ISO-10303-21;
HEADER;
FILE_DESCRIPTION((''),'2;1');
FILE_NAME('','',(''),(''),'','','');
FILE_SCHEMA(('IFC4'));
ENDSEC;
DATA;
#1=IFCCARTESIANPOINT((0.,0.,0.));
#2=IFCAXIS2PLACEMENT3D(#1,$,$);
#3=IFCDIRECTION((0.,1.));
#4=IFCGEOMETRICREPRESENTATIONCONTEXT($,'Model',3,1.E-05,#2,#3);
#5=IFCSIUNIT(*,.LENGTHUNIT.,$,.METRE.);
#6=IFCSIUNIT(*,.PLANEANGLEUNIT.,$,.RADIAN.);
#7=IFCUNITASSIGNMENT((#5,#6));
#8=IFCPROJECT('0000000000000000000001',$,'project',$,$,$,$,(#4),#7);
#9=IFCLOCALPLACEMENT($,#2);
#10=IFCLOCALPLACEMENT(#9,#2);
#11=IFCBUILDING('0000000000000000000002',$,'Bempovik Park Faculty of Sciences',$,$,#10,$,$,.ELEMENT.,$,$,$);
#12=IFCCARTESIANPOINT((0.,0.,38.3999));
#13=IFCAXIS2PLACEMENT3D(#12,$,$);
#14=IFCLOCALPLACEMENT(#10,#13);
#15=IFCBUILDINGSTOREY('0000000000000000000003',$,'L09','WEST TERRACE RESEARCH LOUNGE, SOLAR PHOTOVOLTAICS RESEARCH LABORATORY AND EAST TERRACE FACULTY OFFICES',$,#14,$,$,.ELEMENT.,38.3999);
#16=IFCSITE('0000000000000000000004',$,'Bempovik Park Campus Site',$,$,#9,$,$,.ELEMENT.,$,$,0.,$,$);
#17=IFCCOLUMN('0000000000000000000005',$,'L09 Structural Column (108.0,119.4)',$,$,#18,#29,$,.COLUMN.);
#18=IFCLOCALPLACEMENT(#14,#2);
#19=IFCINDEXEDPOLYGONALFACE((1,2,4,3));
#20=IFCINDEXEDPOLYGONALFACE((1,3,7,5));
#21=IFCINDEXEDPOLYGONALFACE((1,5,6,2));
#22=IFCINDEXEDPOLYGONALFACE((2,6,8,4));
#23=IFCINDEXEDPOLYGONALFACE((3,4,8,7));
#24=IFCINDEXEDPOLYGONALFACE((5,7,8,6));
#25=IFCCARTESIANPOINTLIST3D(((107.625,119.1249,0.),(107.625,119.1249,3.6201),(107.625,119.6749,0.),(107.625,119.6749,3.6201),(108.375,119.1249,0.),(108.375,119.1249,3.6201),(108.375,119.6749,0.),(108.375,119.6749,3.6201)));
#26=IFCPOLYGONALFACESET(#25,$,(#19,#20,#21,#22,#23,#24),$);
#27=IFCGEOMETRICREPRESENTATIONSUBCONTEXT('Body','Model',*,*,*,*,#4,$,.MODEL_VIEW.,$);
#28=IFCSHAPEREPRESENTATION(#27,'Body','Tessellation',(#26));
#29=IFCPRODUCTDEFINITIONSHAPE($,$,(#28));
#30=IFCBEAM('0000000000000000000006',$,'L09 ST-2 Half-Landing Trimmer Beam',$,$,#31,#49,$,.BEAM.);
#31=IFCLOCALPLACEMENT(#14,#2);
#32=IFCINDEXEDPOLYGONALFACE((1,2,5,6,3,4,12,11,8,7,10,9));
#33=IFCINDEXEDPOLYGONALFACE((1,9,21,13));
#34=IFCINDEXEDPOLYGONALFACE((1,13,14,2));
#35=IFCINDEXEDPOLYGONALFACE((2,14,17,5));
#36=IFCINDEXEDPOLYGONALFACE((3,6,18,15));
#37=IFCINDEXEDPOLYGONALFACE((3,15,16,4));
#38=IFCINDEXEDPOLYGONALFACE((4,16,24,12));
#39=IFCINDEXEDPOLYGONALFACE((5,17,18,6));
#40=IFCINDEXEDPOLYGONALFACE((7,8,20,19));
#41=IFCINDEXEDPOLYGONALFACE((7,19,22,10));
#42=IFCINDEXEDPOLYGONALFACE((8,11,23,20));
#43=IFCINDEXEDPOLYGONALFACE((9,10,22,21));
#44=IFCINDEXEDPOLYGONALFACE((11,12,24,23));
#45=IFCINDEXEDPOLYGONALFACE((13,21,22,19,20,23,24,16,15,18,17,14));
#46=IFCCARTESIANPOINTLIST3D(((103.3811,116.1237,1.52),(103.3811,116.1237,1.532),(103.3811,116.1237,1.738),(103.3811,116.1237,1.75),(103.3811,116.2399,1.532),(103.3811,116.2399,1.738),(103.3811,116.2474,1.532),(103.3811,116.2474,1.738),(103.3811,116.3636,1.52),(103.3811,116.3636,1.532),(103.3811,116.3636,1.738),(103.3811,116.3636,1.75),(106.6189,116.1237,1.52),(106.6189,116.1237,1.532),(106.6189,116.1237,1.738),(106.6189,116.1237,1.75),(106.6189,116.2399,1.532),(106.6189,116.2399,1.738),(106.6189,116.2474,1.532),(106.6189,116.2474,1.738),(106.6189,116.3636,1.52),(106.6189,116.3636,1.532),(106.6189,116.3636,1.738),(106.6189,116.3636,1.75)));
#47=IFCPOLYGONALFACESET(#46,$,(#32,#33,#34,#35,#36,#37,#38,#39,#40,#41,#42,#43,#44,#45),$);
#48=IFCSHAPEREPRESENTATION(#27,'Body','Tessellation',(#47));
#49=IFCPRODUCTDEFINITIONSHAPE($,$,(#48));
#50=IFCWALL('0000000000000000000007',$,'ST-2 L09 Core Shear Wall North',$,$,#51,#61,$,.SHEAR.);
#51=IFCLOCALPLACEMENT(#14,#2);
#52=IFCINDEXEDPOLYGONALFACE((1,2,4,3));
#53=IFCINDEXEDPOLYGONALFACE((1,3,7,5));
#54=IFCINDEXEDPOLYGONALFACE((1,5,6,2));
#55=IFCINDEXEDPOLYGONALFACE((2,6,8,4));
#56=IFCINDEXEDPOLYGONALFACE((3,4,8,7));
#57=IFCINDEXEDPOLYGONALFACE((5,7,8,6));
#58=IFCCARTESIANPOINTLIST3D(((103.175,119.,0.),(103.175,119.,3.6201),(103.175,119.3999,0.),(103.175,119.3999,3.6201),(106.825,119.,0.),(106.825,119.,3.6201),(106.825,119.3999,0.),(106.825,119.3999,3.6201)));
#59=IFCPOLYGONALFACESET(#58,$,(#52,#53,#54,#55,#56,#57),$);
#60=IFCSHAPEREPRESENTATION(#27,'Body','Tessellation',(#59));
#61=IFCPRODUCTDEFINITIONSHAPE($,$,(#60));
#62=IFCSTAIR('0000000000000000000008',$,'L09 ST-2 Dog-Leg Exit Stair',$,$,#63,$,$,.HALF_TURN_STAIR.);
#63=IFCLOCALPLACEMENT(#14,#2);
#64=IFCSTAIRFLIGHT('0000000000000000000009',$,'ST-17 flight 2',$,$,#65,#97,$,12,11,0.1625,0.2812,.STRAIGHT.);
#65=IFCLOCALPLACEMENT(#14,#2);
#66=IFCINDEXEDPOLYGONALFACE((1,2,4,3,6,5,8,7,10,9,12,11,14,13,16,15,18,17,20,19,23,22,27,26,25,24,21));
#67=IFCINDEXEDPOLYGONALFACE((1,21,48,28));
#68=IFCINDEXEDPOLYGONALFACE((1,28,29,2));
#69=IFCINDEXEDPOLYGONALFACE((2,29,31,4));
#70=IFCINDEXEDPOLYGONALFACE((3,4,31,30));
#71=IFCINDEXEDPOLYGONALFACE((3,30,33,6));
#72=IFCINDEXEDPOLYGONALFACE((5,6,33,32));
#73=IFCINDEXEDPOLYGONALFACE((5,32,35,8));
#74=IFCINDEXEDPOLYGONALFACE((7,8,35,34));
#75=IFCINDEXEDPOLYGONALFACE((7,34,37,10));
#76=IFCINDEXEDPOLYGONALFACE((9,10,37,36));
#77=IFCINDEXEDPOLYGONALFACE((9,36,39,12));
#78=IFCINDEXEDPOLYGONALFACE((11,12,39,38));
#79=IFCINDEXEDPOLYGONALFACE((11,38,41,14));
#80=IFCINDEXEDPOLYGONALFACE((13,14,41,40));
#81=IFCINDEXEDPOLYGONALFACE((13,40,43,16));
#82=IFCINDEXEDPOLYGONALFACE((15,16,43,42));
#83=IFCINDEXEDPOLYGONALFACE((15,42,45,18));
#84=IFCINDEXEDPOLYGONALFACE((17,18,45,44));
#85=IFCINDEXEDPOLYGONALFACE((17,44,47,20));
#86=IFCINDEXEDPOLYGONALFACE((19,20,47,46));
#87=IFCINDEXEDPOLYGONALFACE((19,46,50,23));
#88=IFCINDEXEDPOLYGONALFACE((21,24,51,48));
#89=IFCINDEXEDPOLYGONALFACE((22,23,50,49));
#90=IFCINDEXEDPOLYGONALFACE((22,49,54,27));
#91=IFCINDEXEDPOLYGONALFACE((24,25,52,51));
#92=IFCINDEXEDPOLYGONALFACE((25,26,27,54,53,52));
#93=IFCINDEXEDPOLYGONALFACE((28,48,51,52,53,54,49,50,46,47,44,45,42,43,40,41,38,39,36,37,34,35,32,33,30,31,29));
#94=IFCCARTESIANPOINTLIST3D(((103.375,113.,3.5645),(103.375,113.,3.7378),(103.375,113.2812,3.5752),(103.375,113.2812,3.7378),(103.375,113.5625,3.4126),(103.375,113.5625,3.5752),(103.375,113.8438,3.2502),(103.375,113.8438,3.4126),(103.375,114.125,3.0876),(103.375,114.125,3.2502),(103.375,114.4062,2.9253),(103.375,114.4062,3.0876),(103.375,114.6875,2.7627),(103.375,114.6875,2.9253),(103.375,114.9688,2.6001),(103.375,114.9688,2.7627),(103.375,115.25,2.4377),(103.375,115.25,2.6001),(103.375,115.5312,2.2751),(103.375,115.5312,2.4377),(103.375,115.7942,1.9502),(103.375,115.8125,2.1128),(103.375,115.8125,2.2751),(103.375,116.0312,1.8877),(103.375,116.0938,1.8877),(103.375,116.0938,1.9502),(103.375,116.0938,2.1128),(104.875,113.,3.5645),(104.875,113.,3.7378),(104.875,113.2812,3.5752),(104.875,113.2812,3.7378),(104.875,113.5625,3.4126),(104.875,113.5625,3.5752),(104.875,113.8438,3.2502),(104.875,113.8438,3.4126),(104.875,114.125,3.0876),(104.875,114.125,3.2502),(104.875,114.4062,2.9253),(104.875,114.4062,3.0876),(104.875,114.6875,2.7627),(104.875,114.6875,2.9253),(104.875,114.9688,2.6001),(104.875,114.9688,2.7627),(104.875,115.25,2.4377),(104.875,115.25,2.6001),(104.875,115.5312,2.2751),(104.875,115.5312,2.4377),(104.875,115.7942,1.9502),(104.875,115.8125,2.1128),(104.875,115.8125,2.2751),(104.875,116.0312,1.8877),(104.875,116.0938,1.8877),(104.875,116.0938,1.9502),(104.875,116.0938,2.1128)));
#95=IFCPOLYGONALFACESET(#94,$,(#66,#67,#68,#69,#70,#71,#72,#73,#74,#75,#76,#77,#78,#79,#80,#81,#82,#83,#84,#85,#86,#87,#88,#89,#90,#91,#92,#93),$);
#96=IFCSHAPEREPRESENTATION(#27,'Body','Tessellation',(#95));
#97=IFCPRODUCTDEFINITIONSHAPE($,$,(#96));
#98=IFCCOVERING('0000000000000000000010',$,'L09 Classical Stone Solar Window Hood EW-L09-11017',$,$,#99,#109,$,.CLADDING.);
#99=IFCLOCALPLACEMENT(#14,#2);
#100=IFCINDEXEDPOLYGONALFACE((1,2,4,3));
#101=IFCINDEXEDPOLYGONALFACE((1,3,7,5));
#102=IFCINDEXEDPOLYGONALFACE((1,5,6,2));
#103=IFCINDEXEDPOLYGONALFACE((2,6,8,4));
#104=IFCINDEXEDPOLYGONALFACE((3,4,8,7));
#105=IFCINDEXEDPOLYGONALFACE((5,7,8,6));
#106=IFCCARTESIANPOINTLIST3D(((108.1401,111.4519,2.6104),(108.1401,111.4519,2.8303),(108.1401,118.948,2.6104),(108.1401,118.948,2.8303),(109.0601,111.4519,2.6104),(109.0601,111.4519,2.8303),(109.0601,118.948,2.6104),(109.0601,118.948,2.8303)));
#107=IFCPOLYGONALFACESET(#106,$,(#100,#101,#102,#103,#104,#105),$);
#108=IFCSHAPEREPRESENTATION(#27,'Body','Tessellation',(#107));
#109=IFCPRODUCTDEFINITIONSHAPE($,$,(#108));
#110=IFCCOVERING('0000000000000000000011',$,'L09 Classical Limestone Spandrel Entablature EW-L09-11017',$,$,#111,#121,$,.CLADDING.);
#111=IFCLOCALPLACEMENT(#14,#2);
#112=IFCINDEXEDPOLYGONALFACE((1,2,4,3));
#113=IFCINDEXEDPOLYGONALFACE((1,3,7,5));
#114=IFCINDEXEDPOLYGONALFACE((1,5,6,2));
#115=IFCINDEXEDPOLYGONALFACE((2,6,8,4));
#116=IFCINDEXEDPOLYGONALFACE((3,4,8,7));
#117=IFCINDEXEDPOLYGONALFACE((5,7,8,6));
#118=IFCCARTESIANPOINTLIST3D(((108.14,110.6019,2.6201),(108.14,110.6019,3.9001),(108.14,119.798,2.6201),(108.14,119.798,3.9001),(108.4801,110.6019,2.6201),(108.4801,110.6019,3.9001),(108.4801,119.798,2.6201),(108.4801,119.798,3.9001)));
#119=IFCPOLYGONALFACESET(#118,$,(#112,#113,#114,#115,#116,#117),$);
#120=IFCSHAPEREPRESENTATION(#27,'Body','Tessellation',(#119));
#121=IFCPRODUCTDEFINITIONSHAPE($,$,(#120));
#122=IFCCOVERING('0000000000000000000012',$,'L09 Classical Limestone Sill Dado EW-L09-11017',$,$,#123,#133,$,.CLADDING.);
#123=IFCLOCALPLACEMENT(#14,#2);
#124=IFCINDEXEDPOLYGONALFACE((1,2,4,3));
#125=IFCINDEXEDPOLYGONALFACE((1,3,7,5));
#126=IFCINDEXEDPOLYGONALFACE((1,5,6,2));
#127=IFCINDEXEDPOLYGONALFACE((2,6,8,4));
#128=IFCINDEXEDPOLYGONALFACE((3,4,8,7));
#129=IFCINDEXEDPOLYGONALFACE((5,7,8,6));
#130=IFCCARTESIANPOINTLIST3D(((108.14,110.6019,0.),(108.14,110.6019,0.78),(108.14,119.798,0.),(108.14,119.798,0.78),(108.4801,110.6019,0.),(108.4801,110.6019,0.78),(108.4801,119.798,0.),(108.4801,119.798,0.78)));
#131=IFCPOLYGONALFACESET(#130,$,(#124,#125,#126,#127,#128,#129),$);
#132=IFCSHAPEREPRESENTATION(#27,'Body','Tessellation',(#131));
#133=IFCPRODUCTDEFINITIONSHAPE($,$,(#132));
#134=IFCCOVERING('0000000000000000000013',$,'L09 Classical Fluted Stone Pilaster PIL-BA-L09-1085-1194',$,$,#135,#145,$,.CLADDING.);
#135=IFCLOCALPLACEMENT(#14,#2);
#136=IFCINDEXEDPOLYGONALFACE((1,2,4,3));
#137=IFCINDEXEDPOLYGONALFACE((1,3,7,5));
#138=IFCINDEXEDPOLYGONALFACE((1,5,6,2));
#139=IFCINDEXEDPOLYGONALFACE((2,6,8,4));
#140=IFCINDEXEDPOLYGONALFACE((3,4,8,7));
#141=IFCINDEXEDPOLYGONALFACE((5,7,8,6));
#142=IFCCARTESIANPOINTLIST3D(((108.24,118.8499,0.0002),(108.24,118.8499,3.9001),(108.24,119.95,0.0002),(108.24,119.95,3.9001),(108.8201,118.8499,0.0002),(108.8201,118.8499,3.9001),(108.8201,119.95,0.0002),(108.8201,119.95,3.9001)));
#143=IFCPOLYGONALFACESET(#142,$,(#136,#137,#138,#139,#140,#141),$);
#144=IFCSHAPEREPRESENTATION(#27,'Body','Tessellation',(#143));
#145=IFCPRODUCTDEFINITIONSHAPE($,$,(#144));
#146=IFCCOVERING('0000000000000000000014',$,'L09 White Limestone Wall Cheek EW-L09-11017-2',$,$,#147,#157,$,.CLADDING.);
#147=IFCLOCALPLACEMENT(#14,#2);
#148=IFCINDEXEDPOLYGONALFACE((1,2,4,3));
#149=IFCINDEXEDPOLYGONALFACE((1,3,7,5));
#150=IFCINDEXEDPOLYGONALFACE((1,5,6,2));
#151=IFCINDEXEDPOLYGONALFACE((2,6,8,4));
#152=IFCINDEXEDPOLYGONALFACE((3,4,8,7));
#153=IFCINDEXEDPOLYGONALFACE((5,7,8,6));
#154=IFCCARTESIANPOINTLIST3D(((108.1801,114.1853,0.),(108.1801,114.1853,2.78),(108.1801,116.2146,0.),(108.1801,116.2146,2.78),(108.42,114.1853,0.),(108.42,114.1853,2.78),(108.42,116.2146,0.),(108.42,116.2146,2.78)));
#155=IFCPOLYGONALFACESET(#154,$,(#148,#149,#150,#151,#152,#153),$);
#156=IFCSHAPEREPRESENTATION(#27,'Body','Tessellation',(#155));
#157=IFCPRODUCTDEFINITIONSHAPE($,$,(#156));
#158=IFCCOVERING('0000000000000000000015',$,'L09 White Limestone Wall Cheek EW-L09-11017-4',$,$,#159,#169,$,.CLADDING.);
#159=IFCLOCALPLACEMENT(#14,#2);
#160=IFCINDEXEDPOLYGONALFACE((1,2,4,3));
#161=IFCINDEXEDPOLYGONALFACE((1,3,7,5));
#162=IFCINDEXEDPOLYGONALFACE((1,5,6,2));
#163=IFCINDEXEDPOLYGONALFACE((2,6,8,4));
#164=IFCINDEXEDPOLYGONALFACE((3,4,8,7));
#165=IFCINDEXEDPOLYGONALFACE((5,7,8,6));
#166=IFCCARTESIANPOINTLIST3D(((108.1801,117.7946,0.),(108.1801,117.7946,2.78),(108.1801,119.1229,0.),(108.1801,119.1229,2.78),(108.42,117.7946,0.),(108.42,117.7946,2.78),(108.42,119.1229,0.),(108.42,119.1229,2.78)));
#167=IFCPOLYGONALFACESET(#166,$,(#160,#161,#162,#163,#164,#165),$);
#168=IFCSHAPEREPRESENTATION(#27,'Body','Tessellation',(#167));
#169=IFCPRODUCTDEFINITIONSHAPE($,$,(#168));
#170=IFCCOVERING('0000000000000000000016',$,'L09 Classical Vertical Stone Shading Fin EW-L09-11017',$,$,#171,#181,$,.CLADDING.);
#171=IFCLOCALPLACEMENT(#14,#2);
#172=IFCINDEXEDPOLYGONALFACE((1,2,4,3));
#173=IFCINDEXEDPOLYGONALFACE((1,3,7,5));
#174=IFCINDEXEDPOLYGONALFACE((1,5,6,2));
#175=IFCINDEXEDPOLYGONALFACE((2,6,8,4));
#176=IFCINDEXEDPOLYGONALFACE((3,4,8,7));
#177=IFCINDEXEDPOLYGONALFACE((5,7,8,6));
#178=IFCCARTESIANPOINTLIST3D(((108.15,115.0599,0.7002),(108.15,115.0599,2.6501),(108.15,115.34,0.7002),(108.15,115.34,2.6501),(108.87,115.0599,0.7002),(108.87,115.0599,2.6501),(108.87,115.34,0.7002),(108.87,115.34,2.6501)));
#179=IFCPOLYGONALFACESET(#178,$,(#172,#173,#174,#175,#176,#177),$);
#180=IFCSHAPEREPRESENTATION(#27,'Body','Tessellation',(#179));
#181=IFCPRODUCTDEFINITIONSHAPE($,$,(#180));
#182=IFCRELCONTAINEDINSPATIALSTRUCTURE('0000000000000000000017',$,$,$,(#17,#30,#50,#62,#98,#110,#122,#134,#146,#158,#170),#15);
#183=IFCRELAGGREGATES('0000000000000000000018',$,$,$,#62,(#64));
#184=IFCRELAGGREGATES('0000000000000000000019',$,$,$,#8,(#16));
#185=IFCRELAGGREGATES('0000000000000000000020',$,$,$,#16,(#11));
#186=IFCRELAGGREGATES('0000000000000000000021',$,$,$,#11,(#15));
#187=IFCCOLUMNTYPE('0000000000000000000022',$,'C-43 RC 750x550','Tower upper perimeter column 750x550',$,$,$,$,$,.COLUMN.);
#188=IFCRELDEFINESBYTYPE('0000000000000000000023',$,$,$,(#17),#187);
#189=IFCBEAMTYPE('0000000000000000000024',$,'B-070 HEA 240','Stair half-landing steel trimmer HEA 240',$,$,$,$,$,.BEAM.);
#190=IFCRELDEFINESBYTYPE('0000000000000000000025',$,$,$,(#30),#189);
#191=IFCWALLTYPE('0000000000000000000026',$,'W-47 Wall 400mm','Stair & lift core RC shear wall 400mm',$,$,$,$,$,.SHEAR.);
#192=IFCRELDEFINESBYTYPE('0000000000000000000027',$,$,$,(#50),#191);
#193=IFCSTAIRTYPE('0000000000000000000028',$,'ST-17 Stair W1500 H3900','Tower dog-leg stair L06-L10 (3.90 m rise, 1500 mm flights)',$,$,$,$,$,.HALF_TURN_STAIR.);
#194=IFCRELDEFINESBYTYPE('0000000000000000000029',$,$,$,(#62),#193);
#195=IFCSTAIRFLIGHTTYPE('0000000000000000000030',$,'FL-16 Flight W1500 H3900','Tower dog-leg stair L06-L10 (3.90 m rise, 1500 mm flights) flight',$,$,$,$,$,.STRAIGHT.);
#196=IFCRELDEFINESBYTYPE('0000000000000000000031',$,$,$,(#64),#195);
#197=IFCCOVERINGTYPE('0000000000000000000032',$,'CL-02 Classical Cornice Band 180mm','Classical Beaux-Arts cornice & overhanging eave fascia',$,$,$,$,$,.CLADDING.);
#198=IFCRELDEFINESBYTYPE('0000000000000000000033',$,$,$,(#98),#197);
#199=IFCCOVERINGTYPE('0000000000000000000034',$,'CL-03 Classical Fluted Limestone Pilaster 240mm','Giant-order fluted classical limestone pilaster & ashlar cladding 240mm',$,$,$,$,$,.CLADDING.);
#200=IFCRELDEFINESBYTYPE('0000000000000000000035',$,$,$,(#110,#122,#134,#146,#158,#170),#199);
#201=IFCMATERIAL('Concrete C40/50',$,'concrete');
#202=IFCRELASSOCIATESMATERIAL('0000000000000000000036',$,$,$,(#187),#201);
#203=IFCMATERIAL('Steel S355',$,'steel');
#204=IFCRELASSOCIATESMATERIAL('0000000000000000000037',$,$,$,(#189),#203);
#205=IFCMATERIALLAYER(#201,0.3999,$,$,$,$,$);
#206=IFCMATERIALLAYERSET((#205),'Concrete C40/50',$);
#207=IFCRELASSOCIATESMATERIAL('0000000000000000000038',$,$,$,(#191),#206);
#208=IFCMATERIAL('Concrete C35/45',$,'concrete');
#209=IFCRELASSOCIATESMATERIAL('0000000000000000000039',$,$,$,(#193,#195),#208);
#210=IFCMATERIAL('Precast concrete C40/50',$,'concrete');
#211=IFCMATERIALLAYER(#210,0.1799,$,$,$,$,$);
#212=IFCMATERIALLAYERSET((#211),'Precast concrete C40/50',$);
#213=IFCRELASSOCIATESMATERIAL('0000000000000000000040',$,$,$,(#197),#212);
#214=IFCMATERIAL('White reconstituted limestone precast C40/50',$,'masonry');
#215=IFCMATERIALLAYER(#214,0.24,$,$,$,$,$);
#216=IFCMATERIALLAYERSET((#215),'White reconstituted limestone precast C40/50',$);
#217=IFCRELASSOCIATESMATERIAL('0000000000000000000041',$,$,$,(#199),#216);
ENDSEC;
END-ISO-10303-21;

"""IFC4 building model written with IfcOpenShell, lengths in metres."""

from ifc_helpers import new_model, si_unit, direction, frame, frame_2d, origin, origin_2d, place, context, subcontext, project, spatial, polyline, rectangle, i_section, outline, extrude, material, layer, layer_set, material_profile, profile_set, type_object, element, aggregate, save


model = new_model("IFC4")

# Units and contexts
model_context = context("Model", 3, precision=1e-05, world=origin(), true_north=direction((0.0, 1.0)))
body_context = subcontext(model_context, "Body", "Model", "MODEL_VIEW")
ifc_project = project(units=[si_unit("LENGTHUNIT", "METRE"), si_unit("PLANEANGLEUNIT", "RADIAN")], contexts=[model_context])

# Site, building, storey
site_placement = place(None, origin())
site = spatial("IfcSite", under=ifc_project, at=site_placement, Name="Bempovik Park Campus Site", CompositionType="ELEMENT", RefElevation=0.0)
building_placement = place(site_placement, origin())
building = spatial("IfcBuilding", under=site, at=building_placement, Name="Bempovik Park Faculty of Sciences", CompositionType="ELEMENT")
storey_placement = place(building_placement, frame((0.0, 0.0, 38.3999)))
storey = spatial("IfcBuildingStorey", under=building, at=storey_placement, Name="L09", Description="WEST TERRACE RESEARCH LOUNGE, SOLAR PHOTOVOLTAICS RESEARCH LABORATORY AND EAST TERRACE FACULTY OFFICES", CompositionType="ELEMENT", Elevation=38.3999)

# Column
ifc_material_1 = material(Name="Concrete C40/50", Category="concrete")
ifc_material_profile_1 = material_profile(ifc_material_1, rectangle(XDim=0.75, YDim=0.55, at=origin_2d()), Name="RC 750x550")
ifc_profile_set_1 = profile_set([ifc_material_profile_1], Name="Concrete C40/50")
column_type = type_object("IfcColumnType", Name="C-43 RC 750x550", Description="Tower upper perimeter column 750x550", PredefinedType="COLUMN", material=ifc_profile_set_1)
column_placement = place(storey_placement, frame((108.0, 119.3999, 0.0), z_axis=(0.0, 0.0, 1.0), x_axis=(1.0, 0.0, 0.0)))
element("IfcColumn", 1, at=column_placement, inside=storey, type_object=column_type, Name="L09 Structural Column (108.0,119.4)", PredefinedType="COLUMN", context=body_context, shape_type="SweptSolid", body=[
    extrude(rectangle(XDim=0.75, YDim=0.55, at=origin_2d()), origin(), (0.0, 0.0, 1.0), 3.6201),
])

# Beam
ifc_material_2 = material(Name="Steel S355", Category="steel")
ifc_material_profile_2 = material_profile(ifc_material_2, i_section(OverallWidth=0.24, OverallDepth=0.23, WebThickness=0.0076, FlangeThickness=0.012, at=origin_2d()), Name="HEA 240")
ifc_profile_set_2 = profile_set([ifc_material_profile_2], Name="Steel S355")
beam_type = type_object("IfcBeamType", Name="B-070 HEA 240", Description="Stair half-landing steel trimmer HEA 240", PredefinedType="BEAM", material=ifc_profile_set_2)
beam_placement = place(storey_placement, frame((103.3811, 116.2437, 1.635), z_axis=(1.0, 0.0, 0.0), x_axis=(0.0, 1.0, 0.0)))
element("IfcBeam", 2, at=beam_placement, inside=storey, type_object=beam_type, Name="L09 ST-2 Half-Landing Trimmer Beam", PredefinedType="BEAM", context=body_context, shape_type="SweptSolid", body=[
    extrude(i_section(OverallWidth=0.24, OverallDepth=0.23, WebThickness=0.0076, FlangeThickness=0.012, at=origin_2d()), origin(), (0.0, 0.0, 1.0), 3.2378),
])

# Wall
ifc_layer_1 = layer(ifc_material_1, 0.3999)
ifc_layer_set_1 = layer_set([ifc_layer_1], Name="Concrete C40/50")
wall_type = type_object("IfcWallType", Name="W-47 Wall 400mm", Description="Stair & lift core RC shear wall 400mm", PredefinedType="SHEAR", material=ifc_layer_set_1)
wall_placement = place(storey_placement, frame((103.175, 119.2, 0.0), z_axis=(0.0, 0.0, 1.0), x_axis=(1.0, 0.0, 0.0)))
element("IfcWall", 3, at=wall_placement, inside=storey, type_object=wall_type, Name="ST-2 L09 Core Shear Wall North", PredefinedType="SHEAR", context=body_context, shape_type="SweptSolid", body=[
    extrude(rectangle(XDim=3.6499, YDim=0.3999, at=frame_2d((1.825, 0.0))), origin(), (0.0, 0.0, 1.0), 3.6201),
])

# Stair, stair flight
ifc_material_3 = material(Name="Concrete C35/45", Category="concrete")
stair_type = type_object("IfcStairType", Name="ST-17 Stair W1500 H3900", Description="Tower dog-leg stair L06-L10 (3.90 m rise, 1500 mm flights)", PredefinedType="HALF_TURN_STAIR", material=ifc_material_3)
stair_placement = place(storey_placement, origin())
stair = element("IfcStair", 4, at=stair_placement, inside=storey, type_object=stair_type, Name="L09 ST-2 Dog-Leg Exit Stair", PredefinedType="HALF_TURN_STAIR")
stair_flight_type = type_object("IfcStairFlightType", Name="FL-16 Flight W1500 H3900", Description="Tower dog-leg stair L06-L10 (3.90 m rise, 1500 mm flights) flight", PredefinedType="STRAIGHT", material=ifc_material_3)
stair_flight_placement = place(storey_placement, frame((104.125, 116.0938, 1.9502), z_axis=(0.0, 0.0, 1.0), x_axis=(0.0, -1.0, 0.0)))
stair_flight = element("IfcStairFlight", 5, at=stair_flight_placement, type_object=stair_flight_type, Name="ST-17 flight 2", NumberOfRisers=12, NumberOfTreads=11, PredefinedType="STRAIGHT", RiserHeight=0.1625, TreadLength=0.2812, context=body_context, shape_type="SweptSolid", body=[
    extrude(outline(polyline([(0.0, 0.0), (0.0, 0.1626), (0.2812, 0.1626), (0.2812, 0.325), (0.5625, 0.325), (0.5625, 0.4875), (0.8438, 0.4875), (0.8438, 0.6499), (1.125, 0.6499), (1.125, 0.8125), (1.4062, 0.8125), (1.4062, 0.9751), (1.6875, 0.9751), (1.6875, 1.1375), (1.9688, 1.1375), (1.9688, 1.3), (2.25, 1.3), (2.25, 1.4624), (2.5312, 1.4624), (2.5312, 1.625), (2.8125, 1.625), (2.8125, 1.7876), (3.0938, 1.7876), (3.0938, 1.95), (3.0938, 1.6143), (0.2996, 0.0), (0.0625, -0.0625), (0.0, -0.0625), (0.0, 0.0)])), frame((0.0, 0.75, 0.0), z_axis=(0.0, -1.0, 0.0), x_axis=(1.0, 0.0, 0.0)), (0.0, 0.0, 1.0), 1.5),
])
aggregate(stair, [stair_flight])

# Coverings
ifc_material_4 = material(Name="Precast concrete C40/50", Category="concrete")
ifc_layer_2 = layer(ifc_material_4, 0.1799)
ifc_layer_set_2 = layer_set([ifc_layer_2], Name="Precast concrete C40/50")
covering_type_1 = type_object("IfcCoveringType", Name="CL-02 Classical Cornice Band 180mm", Description="Classical Beaux-Arts cornice & overhanging eave fascia", PredefinedType="CLADDING", material=ifc_layer_set_2)
covering_1_placement = place(storey_placement, frame((108.6001, 115.2, 2.6104), z_axis=(0.0, 0.0, 1.0), x_axis=(1.0, 0.0, 0.0)))
element("IfcCovering", 6, at=covering_1_placement, inside=storey, type_object=covering_type_1, Name="L09 Classical Stone Solar Window Hood EW-L09-11017", PredefinedType="CLADDING", context=body_context, shape_type="SweptSolid", body=[
    extrude(rectangle(XDim=0.9199, YDim=7.4961, at=origin_2d()), origin(), (0.0, 0.0, 1.0), 0.22),
])
ifc_material_5 = material(Name="White reconstituted limestone precast C40/50", Category="masonry")
ifc_layer_3 = layer(ifc_material_5, 0.24)
ifc_layer_set_3 = layer_set([ifc_layer_3], Name="White reconstituted limestone precast C40/50")
covering_type_2 = type_object("IfcCoveringType", Name="CL-03 Classical Fluted Limestone Pilaster 240mm", Description="Giant-order fluted classical limestone pilaster & ashlar cladding 240mm", PredefinedType="CLADDING", material=ifc_layer_set_3)
covering_2_placement = place(storey_placement, frame((108.3101, 115.2, 2.6201), z_axis=(0.0, 0.0, 1.0), x_axis=(1.0, 0.0, 0.0)))
element("IfcCovering", 7, at=covering_2_placement, inside=storey, type_object=covering_type_2, Name="L09 Classical Limestone Spandrel Entablature EW-L09-11017", PredefinedType="CLADDING", context=body_context, shape_type="SweptSolid", body=[
    extrude(rectangle(XDim=0.3401, YDim=9.196, at=origin_2d()), origin(), (0.0, 0.0, 1.0), 1.28),
])
covering_3_placement = place(storey_placement, frame((108.3101, 115.2, 0.0), z_axis=(0.0, 0.0, 1.0), x_axis=(1.0, 0.0, 0.0)))
element("IfcCovering", 8, at=covering_3_placement, inside=storey, type_object=covering_type_2, Name="L09 Classical Limestone Sill Dado EW-L09-11017", PredefinedType="CLADDING", context=body_context, shape_type="SweptSolid", body=[
    extrude(rectangle(XDim=0.3401, YDim=9.196, at=origin_2d()), origin(), (0.0, 0.0, 1.0), 0.78),
])
covering_4_placement = place(storey_placement, frame((108.53, 119.3999, 0.0002), z_axis=(0.0, 0.0, 1.0), x_axis=(1.0, 0.0, 0.0)))
element("IfcCovering", 9, at=covering_4_placement, inside=storey, type_object=covering_type_2, Name="L09 Classical Fluted Stone Pilaster PIL-BA-L09-1085-1194", PredefinedType="CLADDING", context=body_context, shape_type="SweptSolid", body=[
    extrude(rectangle(XDim=0.5801, YDim=1.1001, at=origin_2d()), origin(), (0.0, 0.0, 1.0), 3.8999),
])
covering_5_placement = place(storey_placement, frame((108.3, 115.2, 0.0), z_axis=(0.0, 0.0, 1.0), x_axis=(1.0, 0.0, 0.0)))
element("IfcCovering", 10, at=covering_5_placement, inside=storey, type_object=covering_type_2, Name="L09 White Limestone Wall Cheek EW-L09-11017-2", PredefinedType="CLADDING", context=body_context, shape_type="SweptSolid", body=[
    extrude(rectangle(XDim=0.24, YDim=2.0293, at=origin_2d()), origin(), (0.0, 0.0, 1.0), 2.78),
])
covering_6_placement = place(storey_placement, frame((108.3, 118.4587, 0.0), z_axis=(0.0, 0.0, 1.0), x_axis=(1.0, 0.0, 0.0)))
element("IfcCovering", 11, at=covering_6_placement, inside=storey, type_object=covering_type_2, Name="L09 White Limestone Wall Cheek EW-L09-11017-4", PredefinedType="CLADDING", context=body_context, shape_type="SweptSolid", body=[
    extrude(rectangle(XDim=0.24, YDim=1.3284, at=origin_2d()), origin(), (0.0, 0.0, 1.0), 2.78),
])
covering_7_placement = place(storey_placement, frame((108.51, 115.2, 0.7002), z_axis=(0.0, 0.0, 1.0), x_axis=(1.0, 0.0, 0.0)))
element("IfcCovering", 12, at=covering_7_placement, inside=storey, type_object=covering_type_2, Name="L09 Classical Vertical Stone Shading Fin EW-L09-11017", PredefinedType="CLADDING", context=body_context, shape_type="SweptSolid", body=[
    extrude(rectangle(XDim=0.72, YDim=0.28, at=origin_2d()), origin(), (0.0, 0.0, 1.0), 1.95),
])

save(model, "model.ifc")
